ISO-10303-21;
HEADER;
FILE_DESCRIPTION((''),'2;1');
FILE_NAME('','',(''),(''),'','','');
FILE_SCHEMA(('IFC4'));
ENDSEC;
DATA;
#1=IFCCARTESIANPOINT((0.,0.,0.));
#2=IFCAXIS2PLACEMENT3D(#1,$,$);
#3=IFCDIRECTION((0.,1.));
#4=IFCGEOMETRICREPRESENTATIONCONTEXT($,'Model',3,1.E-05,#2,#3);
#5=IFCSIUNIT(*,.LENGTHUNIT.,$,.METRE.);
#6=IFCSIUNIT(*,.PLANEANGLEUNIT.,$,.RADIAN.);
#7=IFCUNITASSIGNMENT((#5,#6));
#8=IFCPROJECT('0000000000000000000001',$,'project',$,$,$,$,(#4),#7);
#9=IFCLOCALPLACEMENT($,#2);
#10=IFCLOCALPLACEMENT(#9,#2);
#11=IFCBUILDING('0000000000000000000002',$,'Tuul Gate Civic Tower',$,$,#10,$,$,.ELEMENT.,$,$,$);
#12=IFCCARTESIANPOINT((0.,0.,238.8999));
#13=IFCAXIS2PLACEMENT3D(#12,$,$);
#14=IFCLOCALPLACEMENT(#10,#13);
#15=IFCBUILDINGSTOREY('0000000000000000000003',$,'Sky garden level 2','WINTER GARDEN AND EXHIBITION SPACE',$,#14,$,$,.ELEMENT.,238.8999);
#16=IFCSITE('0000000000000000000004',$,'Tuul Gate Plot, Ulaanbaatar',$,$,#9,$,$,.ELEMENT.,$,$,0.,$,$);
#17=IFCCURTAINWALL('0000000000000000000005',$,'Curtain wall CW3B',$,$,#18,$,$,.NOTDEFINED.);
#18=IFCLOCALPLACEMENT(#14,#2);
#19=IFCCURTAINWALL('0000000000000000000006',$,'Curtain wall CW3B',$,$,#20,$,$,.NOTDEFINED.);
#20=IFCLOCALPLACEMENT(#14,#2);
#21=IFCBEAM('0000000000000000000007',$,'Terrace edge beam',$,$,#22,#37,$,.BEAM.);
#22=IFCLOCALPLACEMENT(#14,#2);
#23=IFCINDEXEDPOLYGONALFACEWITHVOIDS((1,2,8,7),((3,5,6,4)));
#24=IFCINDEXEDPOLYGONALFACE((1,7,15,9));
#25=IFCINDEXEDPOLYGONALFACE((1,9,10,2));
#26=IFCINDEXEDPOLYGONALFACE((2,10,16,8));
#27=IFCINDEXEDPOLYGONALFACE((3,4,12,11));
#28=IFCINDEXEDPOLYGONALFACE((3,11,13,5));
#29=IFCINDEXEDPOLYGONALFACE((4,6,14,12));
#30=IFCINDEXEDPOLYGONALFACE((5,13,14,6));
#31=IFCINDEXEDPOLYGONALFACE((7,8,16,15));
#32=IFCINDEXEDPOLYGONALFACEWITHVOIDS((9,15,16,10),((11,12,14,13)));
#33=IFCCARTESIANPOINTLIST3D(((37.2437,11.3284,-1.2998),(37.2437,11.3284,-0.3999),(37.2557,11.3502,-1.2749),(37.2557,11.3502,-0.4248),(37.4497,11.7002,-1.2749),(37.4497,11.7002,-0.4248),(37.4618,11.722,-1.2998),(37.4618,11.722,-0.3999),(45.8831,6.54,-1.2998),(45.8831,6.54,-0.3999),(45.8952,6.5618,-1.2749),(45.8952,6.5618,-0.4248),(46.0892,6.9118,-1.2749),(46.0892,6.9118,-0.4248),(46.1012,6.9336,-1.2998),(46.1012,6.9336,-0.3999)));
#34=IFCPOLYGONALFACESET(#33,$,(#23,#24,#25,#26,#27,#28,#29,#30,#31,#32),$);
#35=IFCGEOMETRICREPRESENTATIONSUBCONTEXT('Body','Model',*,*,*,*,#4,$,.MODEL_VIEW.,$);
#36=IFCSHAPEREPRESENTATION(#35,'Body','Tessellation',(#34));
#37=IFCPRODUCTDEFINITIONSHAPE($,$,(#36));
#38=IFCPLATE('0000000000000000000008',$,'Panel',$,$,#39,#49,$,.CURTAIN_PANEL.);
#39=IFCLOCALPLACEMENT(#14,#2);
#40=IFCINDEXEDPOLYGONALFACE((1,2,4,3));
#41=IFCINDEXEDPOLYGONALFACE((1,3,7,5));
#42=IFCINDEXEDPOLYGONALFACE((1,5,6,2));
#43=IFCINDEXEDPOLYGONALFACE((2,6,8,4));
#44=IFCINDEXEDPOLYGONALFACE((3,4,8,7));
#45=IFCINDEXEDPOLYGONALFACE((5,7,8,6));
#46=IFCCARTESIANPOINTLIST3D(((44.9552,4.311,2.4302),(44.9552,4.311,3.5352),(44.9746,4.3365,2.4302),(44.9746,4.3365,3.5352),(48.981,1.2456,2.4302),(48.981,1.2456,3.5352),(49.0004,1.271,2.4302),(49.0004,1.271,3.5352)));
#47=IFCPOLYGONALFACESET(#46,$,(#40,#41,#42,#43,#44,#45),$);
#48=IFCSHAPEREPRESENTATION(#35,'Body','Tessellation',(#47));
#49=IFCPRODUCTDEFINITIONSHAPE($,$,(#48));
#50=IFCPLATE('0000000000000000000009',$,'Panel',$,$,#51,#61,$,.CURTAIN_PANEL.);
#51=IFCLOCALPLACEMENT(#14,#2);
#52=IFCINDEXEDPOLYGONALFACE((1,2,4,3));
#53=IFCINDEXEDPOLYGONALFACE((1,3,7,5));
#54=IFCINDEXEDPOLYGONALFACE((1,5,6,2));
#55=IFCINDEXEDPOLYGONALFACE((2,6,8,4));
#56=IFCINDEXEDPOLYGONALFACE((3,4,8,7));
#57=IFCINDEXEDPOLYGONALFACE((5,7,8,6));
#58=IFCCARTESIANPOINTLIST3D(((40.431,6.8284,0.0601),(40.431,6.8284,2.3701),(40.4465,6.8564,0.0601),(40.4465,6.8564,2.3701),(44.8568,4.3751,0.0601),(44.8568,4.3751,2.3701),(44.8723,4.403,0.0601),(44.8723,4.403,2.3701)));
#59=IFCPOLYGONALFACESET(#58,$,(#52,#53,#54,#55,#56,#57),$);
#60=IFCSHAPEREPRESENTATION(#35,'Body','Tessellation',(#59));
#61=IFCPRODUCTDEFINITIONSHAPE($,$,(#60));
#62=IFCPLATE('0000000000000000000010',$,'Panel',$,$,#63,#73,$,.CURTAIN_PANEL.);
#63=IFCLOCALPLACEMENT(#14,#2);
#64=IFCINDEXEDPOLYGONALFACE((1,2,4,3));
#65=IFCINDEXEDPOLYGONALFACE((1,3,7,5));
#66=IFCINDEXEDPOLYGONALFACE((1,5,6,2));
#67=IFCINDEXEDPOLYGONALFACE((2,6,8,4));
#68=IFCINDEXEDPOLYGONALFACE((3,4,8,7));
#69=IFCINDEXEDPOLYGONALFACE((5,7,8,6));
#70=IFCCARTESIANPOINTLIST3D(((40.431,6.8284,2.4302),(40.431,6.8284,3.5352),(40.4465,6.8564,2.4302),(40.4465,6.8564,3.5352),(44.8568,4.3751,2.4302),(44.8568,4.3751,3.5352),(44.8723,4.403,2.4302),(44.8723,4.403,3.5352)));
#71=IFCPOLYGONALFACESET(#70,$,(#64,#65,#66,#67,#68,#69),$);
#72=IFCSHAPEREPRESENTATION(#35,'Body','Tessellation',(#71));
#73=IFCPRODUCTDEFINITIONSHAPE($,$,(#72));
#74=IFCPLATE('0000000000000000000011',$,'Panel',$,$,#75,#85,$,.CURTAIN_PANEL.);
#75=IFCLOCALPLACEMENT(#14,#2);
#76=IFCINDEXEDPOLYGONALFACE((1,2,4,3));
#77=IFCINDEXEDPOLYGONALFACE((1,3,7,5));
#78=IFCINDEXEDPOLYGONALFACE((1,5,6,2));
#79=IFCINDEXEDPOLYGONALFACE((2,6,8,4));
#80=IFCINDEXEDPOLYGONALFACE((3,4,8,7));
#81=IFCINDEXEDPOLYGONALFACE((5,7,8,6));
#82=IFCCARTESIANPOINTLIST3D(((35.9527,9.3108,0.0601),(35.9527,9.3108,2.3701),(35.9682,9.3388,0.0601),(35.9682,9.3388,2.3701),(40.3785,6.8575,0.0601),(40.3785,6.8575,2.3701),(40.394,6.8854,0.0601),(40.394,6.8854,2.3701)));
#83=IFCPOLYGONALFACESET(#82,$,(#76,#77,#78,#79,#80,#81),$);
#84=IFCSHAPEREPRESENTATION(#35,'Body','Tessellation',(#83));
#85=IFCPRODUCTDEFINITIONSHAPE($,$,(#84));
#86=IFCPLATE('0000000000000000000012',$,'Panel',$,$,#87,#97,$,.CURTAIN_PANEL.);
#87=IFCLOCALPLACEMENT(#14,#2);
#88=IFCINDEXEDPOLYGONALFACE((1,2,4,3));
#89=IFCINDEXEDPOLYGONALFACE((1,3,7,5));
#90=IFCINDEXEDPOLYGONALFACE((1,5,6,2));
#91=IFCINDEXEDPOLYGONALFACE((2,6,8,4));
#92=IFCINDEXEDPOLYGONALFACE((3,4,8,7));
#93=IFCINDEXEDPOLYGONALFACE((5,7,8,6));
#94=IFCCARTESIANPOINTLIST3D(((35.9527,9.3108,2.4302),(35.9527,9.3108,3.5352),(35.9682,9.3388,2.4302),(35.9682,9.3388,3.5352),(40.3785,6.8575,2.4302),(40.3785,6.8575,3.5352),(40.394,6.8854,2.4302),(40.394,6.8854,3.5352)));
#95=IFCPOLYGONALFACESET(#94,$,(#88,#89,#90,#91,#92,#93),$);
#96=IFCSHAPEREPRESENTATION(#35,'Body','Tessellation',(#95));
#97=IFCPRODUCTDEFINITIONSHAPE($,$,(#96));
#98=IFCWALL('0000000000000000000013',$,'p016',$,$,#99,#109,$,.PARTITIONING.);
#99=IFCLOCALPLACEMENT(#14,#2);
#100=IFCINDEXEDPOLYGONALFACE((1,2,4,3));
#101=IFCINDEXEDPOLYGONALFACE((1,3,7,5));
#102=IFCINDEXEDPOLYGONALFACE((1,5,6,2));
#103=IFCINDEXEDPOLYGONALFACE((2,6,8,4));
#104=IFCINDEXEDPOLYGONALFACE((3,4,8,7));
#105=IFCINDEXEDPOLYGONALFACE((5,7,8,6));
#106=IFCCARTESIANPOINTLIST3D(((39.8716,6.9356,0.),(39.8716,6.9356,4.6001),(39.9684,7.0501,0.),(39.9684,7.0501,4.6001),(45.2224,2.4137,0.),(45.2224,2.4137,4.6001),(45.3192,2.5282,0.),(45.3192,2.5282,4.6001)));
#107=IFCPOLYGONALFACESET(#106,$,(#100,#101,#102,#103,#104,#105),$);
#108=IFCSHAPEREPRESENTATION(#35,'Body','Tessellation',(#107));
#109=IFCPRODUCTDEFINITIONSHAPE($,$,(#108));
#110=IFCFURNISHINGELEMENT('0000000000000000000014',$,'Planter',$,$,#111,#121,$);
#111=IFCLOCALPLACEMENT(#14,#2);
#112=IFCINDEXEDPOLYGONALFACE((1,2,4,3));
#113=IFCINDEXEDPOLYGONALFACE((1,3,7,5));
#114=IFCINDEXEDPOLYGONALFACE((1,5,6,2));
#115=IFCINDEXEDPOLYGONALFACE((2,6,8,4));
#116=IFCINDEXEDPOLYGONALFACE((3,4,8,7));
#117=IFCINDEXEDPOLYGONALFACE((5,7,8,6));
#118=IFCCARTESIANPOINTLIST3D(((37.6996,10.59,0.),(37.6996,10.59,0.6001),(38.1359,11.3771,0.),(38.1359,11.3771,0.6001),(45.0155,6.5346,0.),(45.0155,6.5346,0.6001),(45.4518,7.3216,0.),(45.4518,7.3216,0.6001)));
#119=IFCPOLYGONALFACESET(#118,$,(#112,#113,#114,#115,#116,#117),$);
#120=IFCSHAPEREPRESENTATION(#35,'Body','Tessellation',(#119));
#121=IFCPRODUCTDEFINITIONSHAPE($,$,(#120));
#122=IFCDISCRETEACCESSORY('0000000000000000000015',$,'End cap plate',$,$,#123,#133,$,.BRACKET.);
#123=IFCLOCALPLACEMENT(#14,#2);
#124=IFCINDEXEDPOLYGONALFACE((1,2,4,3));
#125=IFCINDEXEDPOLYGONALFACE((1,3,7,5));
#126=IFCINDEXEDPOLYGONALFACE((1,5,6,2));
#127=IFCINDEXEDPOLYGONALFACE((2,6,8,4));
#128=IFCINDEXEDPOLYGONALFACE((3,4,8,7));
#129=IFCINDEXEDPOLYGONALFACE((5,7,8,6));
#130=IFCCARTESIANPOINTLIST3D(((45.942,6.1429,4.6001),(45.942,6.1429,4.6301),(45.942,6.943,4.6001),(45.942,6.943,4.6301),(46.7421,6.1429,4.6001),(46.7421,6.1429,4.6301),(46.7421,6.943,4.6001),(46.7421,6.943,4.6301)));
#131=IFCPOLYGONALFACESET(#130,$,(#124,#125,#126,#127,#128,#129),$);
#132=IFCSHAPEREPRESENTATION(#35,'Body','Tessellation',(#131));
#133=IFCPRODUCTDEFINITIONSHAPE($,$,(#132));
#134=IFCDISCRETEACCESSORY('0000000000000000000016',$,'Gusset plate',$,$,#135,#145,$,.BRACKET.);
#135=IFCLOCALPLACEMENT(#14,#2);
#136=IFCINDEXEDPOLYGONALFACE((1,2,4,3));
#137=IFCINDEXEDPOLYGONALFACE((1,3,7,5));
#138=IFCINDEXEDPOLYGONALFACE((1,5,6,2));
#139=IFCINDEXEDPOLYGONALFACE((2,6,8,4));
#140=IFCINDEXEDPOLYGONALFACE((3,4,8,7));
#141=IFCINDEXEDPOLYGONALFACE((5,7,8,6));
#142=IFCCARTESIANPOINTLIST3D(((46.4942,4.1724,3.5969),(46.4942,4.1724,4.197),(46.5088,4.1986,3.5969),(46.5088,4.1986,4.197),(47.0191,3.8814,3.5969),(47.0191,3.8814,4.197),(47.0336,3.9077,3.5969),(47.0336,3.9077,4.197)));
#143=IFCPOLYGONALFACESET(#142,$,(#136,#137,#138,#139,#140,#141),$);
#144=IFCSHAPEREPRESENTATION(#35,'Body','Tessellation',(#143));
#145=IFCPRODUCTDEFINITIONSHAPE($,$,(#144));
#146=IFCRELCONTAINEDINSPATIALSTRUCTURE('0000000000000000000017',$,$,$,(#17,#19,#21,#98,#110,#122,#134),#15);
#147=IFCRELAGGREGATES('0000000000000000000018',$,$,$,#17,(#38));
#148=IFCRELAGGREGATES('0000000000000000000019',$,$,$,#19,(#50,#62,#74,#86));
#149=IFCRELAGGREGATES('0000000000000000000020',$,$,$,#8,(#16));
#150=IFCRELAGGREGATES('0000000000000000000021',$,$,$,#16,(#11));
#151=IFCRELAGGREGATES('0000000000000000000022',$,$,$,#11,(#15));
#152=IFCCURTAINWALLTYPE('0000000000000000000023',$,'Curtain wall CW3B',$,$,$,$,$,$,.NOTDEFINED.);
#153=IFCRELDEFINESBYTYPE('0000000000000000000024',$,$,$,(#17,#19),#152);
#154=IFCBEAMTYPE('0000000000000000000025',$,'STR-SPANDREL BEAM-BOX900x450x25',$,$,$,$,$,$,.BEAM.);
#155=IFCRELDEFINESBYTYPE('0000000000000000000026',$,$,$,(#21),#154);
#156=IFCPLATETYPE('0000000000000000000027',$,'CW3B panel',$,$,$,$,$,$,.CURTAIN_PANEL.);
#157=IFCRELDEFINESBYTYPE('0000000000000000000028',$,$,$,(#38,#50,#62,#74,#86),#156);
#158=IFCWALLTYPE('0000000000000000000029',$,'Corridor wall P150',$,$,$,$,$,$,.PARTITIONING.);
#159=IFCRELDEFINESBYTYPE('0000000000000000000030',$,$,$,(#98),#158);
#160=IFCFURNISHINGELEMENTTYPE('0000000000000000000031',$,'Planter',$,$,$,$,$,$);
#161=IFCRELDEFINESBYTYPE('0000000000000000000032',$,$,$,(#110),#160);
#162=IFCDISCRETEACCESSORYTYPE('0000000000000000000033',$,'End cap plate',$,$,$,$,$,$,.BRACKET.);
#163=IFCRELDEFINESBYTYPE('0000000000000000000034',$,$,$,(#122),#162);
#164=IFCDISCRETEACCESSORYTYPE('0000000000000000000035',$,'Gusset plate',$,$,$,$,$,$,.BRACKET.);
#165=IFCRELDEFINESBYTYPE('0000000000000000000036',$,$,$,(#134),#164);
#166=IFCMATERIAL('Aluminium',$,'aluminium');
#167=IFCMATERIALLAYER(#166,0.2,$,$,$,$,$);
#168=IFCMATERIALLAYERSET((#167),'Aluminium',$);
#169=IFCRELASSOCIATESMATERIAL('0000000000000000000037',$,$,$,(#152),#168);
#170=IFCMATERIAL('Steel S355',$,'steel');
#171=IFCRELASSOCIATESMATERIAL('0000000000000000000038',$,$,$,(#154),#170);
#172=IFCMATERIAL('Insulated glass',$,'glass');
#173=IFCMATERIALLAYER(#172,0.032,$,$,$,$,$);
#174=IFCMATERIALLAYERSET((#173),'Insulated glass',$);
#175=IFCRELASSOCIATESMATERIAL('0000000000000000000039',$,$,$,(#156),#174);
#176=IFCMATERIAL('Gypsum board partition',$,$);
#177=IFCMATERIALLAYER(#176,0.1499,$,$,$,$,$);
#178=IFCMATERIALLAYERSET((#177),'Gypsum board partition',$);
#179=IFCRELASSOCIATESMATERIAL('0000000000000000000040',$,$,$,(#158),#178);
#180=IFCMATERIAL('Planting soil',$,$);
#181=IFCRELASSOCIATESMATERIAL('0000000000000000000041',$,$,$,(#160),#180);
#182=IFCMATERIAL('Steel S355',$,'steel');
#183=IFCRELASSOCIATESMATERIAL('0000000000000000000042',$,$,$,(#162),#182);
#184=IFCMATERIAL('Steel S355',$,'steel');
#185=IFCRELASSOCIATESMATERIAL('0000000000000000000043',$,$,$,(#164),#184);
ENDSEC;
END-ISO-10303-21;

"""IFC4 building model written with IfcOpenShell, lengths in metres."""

from ifc_helpers import new_model, si_unit, direction, frame, frame_2d, origin, origin_2d, place, context, subcontext, project, spatial, rectangle, hollow_rectangle, extrude, material, layer, layer_set, material_profile, profile_set, type_object, element, aggregate, save


model = new_model("IFC4")

# Units and contexts
model_context = context("Model", 3, precision=1e-05, world=origin(), true_north=direction((0.0, 1.0)))
body_context = subcontext(model_context, "Body", "Model", "MODEL_VIEW")
ifc_project = project(units=[si_unit("LENGTHUNIT", "METRE"), si_unit("PLANEANGLEUNIT", "RADIAN")], contexts=[model_context])

# Site, building, storey
site_placement = place(None, origin())
site = spatial("IfcSite", under=ifc_project, at=site_placement, Name="Tuul Gate Plot, Ulaanbaatar", CompositionType="ELEMENT", RefElevation=0.0)
building_placement = place(site_placement, origin())
building = spatial("IfcBuilding", under=site, at=building_placement, Name="Tuul Gate Civic Tower", CompositionType="ELEMENT")
storey_placement = place(building_placement, frame((0.0, 0.0, 238.8999)))
storey = spatial("IfcBuildingStorey", under=building, at=storey_placement, Name="Sky garden level 2", Description="WINTER GARDEN AND EXHIBITION SPACE", CompositionType="ELEMENT", Elevation=238.8999)

# Curtain wall
ifc_material_1 = material(Name="Aluminium", Category="aluminium")
ifc_layer_1 = layer(ifc_material_1, 0.2)
ifc_layer_set_1 = layer_set([ifc_layer_1], Name="Aluminium")
curtain_wall_type = type_object("IfcCurtainWallType", Name="Curtain wall CW3B", PredefinedType="NOTDEFINED", material=ifc_layer_set_1)
curtain_wall_1_placement = place(storey_placement, origin())
curtain_wall_1 = element("IfcCurtainWall", 1, at=curtain_wall_1_placement, inside=storey, type_object=curtain_wall_type, Name="Curtain wall CW3B", PredefinedType="NOTDEFINED")

# Curtain wall
curtain_wall_2_placement = place(storey_placement, origin())
curtain_wall_2 = element("IfcCurtainWall", 2, at=curtain_wall_2_placement, inside=storey, type_object=curtain_wall_type, Name="Curtain wall CW3B", PredefinedType="NOTDEFINED")

# Beam
ifc_material_2 = material(Name="Steel S355", Category="steel")
ifc_material_profile_1 = material_profile(ifc_material_2, hollow_rectangle(XDim=0.45, YDim=0.8999, WallThickness=0.0249, at=origin_2d()), Name="BOX900x450x25")
ifc_profile_set_1 = profile_set([ifc_material_profile_1], Name="Steel S355")
beam_type_1 = type_object("IfcBeamType", Name="STR-SPANDREL BEAM-BOX900x450x25", PredefinedType="BEAM", material=ifc_profile_set_1)
beam_1_placement = place(storey_placement, frame((45.9922, 6.7368, -0.8499), z_axis=(-0.874644, 0.484765, 0.0), x_axis=(-0.484765, -0.874644, 0.0)))
element("IfcBeam", 3, at=beam_1_placement, inside=storey, type_object=beam_type_1, Name="Terrace edge beam", PredefinedType="BEAM", context=body_context, shape_type="SweptSolid", body=[
    extrude(hollow_rectangle(XDim=0.45, YDim=0.8999, WallThickness=0.0249, at=origin_2d()), origin(), (0.0, 0.0, 1.0), 9.8777),
])

# Plates
ifc_material_3 = material(Name="Insulated glass", Category="glass")
ifc_layer_2 = layer(ifc_material_3, 0.032)
ifc_layer_set_2 = layer_set([ifc_layer_2], Name="Insulated glass")
plate_type = type_object("IfcPlateType", Name="CW3B panel", PredefinedType="CURTAIN_PANEL", material=ifc_layer_set_2)
plate_1_placement = place(storey_placement, frame((46.9778, 2.791, 2.4302), z_axis=(0.0, 0.0, 1.0), x_axis=(-0.79561, 0.605809, 0.0)))
plate_1 = element("IfcPlate", 4, at=plate_1_placement, type_object=plate_type, Name="Panel", PredefinedType="CURTAIN_PANEL", context=body_context, shape_type="SweptSolid", body=[
    extrude(rectangle(XDim=5.0601, YDim=0.032, at=origin_2d()), origin(), (0.0, 0.0, 1.0), 1.105),
])
aggregate(curtain_wall_1, [plate_1])
plate_2_placement = place(storey_placement, frame((42.6516, 5.6157, 0.0601), z_axis=(0.0, 0.0, 1.0), x_axis=(-0.87461, 0.484827, 0.0)))
plate_2 = element("IfcPlate", 5, at=plate_2_placement, type_object=plate_type, Name="Panel", PredefinedType="CURTAIN_PANEL", context=body_context, shape_type="SweptSolid", body=[
    extrude(rectangle(XDim=5.0603, YDim=0.032, at=origin_2d()), origin(), (0.0, 0.0, 1.0), 2.3101),
])
plate_3_placement = place(storey_placement, frame((42.6516, 5.6157, 2.4302), z_axis=(0.0, 0.0, 1.0), x_axis=(-0.87461, 0.484827, 0.0)))
plate_3 = element("IfcPlate", 6, at=plate_3_placement, type_object=plate_type, Name="Panel", PredefinedType="CURTAIN_PANEL", context=body_context, shape_type="SweptSolid", body=[
    extrude(rectangle(XDim=5.0603, YDim=0.032, at=origin_2d()), origin(), (0.0, 0.0, 1.0), 1.105),
])
plate_4_placement = place(storey_placement, frame((38.1733, 8.0981, 0.0601), z_axis=(0.0, 0.0, 1.0), x_axis=(-0.87461, 0.484827, 0.0)))
plate_4 = element("IfcPlate", 7, at=plate_4_placement, type_object=plate_type, Name="Panel", PredefinedType="CURTAIN_PANEL", context=body_context, shape_type="SweptSolid", body=[
    extrude(rectangle(XDim=5.0603, YDim=0.032, at=origin_2d()), origin(), (0.0, 0.0, 1.0), 2.3101),
])
plate_5_placement = place(storey_placement, frame((38.1733, 8.0981, 2.4302), z_axis=(0.0, 0.0, 1.0), x_axis=(-0.87461, 0.484827, 0.0)))
plate_5 = element("IfcPlate", 8, at=plate_5_placement, type_object=plate_type, Name="Panel", PredefinedType="CURTAIN_PANEL", context=body_context, shape_type="SweptSolid", body=[
    extrude(rectangle(XDim=5.0603, YDim=0.032, at=origin_2d()), origin(), (0.0, 0.0, 1.0), 1.105),
])
aggregate(curtain_wall_2, [plate_2, plate_3, plate_4, plate_5])

# Wall
ifc_material_4 = material(Name="Gypsum board partition")
ifc_layer_3 = layer(ifc_material_4, 0.1499)
ifc_layer_set_3 = layer_set([ifc_layer_3], Name="Gypsum board partition")
wall_type = type_object("IfcWallType", Name="Corridor wall P150", PredefinedType="PARTITIONING", material=ifc_layer_set_3)
wall_placement = place(storey_placement, frame((39.9199, 6.9929, 0.0), z_axis=(0.0, 0.0, 1.0), x_axis=(0.763784, -0.645472, 0.0)))
element("IfcWall", 9, at=wall_placement, inside=storey, type_object=wall_type, Name="p016", PredefinedType="PARTITIONING", context=body_context, shape_type="SweptSolid", body=[
    extrude(rectangle(XDim=7.0056, YDim=0.1499, at=frame_2d((3.5029, 0.0))), origin(), (0.0, 0.0, 1.0), 4.6001),
])

# Furnishing element
ifc_material_5 = material(Name="Planting soil")
furnishing_element_type = type_object("IfcFurnishingElementType", Name="Planter", material=ifc_material_5)
furnishing_placement = place(storey_placement, frame((41.5757, 8.9558, 0.0), z_axis=(0.0, 0.0, 1.0), x_axis=(-0.874613, 0.484822, 0.0)))
element("IfcFurnishingElement", 10, at=furnishing_placement, inside=storey, type_object=furnishing_element_type, Name="Planter", context=body_context, shape_type="SweptSolid", body=[
    extrude(rectangle(XDim=8.3647, YDim=0.8999, at=origin_2d()), origin(), (0.0, 0.0, 1.0), 0.6001),
])

# Discrete accessories
ifc_material_6 = material(Name="Steel S355", Category="steel")
discrete_accessory_type_1 = type_object("IfcDiscreteAccessoryType", Name="End cap plate", PredefinedType="BRACKET", material=ifc_material_6)
discrete_accessory_1_placement = place(storey_placement, frame((46.342, 6.543, 4.6001), z_axis=(0.0, 0.0, 1.0), x_axis=(1.0, 0.0, 0.0)))
element("IfcDiscreteAccessory", 11, at=discrete_accessory_1_placement, inside=storey, type_object=discrete_accessory_type_1, Name="End cap plate", PredefinedType="BRACKET", context=body_context, shape_type="SweptSolid", body=[
    extrude(rectangle(XDim=0.8, YDim=0.8, at=origin_2d()), origin(), (0.0, 0.0, 1.0), 0.03),
])
ifc_material_7 = material(Name="Steel S355", Category="steel")
discrete_accessory_type_2 = type_object("IfcDiscreteAccessoryType", Name="Gusset plate", PredefinedType="BRACKET", material=ifc_material_7)
discrete_accessory_2_placement = place(storey_placement, frame((46.7639, 4.04, 3.5969), z_axis=(0.0, 0.0, 1.0), x_axis=(0.874625, -0.4848, 0.0)))
element("IfcDiscreteAccessory", 12, at=discrete_accessory_2_placement, inside=storey, type_object=discrete_accessory_type_2, Name="Gusset plate", PredefinedType="BRACKET", context=body_context, shape_type="SweptSolid", body=[
    extrude(rectangle(XDim=0.6001, YDim=0.03, at=origin_2d()), origin(), (0.0, 0.0, 1.0), 0.6001),
])

save(model, "model.ifc")
